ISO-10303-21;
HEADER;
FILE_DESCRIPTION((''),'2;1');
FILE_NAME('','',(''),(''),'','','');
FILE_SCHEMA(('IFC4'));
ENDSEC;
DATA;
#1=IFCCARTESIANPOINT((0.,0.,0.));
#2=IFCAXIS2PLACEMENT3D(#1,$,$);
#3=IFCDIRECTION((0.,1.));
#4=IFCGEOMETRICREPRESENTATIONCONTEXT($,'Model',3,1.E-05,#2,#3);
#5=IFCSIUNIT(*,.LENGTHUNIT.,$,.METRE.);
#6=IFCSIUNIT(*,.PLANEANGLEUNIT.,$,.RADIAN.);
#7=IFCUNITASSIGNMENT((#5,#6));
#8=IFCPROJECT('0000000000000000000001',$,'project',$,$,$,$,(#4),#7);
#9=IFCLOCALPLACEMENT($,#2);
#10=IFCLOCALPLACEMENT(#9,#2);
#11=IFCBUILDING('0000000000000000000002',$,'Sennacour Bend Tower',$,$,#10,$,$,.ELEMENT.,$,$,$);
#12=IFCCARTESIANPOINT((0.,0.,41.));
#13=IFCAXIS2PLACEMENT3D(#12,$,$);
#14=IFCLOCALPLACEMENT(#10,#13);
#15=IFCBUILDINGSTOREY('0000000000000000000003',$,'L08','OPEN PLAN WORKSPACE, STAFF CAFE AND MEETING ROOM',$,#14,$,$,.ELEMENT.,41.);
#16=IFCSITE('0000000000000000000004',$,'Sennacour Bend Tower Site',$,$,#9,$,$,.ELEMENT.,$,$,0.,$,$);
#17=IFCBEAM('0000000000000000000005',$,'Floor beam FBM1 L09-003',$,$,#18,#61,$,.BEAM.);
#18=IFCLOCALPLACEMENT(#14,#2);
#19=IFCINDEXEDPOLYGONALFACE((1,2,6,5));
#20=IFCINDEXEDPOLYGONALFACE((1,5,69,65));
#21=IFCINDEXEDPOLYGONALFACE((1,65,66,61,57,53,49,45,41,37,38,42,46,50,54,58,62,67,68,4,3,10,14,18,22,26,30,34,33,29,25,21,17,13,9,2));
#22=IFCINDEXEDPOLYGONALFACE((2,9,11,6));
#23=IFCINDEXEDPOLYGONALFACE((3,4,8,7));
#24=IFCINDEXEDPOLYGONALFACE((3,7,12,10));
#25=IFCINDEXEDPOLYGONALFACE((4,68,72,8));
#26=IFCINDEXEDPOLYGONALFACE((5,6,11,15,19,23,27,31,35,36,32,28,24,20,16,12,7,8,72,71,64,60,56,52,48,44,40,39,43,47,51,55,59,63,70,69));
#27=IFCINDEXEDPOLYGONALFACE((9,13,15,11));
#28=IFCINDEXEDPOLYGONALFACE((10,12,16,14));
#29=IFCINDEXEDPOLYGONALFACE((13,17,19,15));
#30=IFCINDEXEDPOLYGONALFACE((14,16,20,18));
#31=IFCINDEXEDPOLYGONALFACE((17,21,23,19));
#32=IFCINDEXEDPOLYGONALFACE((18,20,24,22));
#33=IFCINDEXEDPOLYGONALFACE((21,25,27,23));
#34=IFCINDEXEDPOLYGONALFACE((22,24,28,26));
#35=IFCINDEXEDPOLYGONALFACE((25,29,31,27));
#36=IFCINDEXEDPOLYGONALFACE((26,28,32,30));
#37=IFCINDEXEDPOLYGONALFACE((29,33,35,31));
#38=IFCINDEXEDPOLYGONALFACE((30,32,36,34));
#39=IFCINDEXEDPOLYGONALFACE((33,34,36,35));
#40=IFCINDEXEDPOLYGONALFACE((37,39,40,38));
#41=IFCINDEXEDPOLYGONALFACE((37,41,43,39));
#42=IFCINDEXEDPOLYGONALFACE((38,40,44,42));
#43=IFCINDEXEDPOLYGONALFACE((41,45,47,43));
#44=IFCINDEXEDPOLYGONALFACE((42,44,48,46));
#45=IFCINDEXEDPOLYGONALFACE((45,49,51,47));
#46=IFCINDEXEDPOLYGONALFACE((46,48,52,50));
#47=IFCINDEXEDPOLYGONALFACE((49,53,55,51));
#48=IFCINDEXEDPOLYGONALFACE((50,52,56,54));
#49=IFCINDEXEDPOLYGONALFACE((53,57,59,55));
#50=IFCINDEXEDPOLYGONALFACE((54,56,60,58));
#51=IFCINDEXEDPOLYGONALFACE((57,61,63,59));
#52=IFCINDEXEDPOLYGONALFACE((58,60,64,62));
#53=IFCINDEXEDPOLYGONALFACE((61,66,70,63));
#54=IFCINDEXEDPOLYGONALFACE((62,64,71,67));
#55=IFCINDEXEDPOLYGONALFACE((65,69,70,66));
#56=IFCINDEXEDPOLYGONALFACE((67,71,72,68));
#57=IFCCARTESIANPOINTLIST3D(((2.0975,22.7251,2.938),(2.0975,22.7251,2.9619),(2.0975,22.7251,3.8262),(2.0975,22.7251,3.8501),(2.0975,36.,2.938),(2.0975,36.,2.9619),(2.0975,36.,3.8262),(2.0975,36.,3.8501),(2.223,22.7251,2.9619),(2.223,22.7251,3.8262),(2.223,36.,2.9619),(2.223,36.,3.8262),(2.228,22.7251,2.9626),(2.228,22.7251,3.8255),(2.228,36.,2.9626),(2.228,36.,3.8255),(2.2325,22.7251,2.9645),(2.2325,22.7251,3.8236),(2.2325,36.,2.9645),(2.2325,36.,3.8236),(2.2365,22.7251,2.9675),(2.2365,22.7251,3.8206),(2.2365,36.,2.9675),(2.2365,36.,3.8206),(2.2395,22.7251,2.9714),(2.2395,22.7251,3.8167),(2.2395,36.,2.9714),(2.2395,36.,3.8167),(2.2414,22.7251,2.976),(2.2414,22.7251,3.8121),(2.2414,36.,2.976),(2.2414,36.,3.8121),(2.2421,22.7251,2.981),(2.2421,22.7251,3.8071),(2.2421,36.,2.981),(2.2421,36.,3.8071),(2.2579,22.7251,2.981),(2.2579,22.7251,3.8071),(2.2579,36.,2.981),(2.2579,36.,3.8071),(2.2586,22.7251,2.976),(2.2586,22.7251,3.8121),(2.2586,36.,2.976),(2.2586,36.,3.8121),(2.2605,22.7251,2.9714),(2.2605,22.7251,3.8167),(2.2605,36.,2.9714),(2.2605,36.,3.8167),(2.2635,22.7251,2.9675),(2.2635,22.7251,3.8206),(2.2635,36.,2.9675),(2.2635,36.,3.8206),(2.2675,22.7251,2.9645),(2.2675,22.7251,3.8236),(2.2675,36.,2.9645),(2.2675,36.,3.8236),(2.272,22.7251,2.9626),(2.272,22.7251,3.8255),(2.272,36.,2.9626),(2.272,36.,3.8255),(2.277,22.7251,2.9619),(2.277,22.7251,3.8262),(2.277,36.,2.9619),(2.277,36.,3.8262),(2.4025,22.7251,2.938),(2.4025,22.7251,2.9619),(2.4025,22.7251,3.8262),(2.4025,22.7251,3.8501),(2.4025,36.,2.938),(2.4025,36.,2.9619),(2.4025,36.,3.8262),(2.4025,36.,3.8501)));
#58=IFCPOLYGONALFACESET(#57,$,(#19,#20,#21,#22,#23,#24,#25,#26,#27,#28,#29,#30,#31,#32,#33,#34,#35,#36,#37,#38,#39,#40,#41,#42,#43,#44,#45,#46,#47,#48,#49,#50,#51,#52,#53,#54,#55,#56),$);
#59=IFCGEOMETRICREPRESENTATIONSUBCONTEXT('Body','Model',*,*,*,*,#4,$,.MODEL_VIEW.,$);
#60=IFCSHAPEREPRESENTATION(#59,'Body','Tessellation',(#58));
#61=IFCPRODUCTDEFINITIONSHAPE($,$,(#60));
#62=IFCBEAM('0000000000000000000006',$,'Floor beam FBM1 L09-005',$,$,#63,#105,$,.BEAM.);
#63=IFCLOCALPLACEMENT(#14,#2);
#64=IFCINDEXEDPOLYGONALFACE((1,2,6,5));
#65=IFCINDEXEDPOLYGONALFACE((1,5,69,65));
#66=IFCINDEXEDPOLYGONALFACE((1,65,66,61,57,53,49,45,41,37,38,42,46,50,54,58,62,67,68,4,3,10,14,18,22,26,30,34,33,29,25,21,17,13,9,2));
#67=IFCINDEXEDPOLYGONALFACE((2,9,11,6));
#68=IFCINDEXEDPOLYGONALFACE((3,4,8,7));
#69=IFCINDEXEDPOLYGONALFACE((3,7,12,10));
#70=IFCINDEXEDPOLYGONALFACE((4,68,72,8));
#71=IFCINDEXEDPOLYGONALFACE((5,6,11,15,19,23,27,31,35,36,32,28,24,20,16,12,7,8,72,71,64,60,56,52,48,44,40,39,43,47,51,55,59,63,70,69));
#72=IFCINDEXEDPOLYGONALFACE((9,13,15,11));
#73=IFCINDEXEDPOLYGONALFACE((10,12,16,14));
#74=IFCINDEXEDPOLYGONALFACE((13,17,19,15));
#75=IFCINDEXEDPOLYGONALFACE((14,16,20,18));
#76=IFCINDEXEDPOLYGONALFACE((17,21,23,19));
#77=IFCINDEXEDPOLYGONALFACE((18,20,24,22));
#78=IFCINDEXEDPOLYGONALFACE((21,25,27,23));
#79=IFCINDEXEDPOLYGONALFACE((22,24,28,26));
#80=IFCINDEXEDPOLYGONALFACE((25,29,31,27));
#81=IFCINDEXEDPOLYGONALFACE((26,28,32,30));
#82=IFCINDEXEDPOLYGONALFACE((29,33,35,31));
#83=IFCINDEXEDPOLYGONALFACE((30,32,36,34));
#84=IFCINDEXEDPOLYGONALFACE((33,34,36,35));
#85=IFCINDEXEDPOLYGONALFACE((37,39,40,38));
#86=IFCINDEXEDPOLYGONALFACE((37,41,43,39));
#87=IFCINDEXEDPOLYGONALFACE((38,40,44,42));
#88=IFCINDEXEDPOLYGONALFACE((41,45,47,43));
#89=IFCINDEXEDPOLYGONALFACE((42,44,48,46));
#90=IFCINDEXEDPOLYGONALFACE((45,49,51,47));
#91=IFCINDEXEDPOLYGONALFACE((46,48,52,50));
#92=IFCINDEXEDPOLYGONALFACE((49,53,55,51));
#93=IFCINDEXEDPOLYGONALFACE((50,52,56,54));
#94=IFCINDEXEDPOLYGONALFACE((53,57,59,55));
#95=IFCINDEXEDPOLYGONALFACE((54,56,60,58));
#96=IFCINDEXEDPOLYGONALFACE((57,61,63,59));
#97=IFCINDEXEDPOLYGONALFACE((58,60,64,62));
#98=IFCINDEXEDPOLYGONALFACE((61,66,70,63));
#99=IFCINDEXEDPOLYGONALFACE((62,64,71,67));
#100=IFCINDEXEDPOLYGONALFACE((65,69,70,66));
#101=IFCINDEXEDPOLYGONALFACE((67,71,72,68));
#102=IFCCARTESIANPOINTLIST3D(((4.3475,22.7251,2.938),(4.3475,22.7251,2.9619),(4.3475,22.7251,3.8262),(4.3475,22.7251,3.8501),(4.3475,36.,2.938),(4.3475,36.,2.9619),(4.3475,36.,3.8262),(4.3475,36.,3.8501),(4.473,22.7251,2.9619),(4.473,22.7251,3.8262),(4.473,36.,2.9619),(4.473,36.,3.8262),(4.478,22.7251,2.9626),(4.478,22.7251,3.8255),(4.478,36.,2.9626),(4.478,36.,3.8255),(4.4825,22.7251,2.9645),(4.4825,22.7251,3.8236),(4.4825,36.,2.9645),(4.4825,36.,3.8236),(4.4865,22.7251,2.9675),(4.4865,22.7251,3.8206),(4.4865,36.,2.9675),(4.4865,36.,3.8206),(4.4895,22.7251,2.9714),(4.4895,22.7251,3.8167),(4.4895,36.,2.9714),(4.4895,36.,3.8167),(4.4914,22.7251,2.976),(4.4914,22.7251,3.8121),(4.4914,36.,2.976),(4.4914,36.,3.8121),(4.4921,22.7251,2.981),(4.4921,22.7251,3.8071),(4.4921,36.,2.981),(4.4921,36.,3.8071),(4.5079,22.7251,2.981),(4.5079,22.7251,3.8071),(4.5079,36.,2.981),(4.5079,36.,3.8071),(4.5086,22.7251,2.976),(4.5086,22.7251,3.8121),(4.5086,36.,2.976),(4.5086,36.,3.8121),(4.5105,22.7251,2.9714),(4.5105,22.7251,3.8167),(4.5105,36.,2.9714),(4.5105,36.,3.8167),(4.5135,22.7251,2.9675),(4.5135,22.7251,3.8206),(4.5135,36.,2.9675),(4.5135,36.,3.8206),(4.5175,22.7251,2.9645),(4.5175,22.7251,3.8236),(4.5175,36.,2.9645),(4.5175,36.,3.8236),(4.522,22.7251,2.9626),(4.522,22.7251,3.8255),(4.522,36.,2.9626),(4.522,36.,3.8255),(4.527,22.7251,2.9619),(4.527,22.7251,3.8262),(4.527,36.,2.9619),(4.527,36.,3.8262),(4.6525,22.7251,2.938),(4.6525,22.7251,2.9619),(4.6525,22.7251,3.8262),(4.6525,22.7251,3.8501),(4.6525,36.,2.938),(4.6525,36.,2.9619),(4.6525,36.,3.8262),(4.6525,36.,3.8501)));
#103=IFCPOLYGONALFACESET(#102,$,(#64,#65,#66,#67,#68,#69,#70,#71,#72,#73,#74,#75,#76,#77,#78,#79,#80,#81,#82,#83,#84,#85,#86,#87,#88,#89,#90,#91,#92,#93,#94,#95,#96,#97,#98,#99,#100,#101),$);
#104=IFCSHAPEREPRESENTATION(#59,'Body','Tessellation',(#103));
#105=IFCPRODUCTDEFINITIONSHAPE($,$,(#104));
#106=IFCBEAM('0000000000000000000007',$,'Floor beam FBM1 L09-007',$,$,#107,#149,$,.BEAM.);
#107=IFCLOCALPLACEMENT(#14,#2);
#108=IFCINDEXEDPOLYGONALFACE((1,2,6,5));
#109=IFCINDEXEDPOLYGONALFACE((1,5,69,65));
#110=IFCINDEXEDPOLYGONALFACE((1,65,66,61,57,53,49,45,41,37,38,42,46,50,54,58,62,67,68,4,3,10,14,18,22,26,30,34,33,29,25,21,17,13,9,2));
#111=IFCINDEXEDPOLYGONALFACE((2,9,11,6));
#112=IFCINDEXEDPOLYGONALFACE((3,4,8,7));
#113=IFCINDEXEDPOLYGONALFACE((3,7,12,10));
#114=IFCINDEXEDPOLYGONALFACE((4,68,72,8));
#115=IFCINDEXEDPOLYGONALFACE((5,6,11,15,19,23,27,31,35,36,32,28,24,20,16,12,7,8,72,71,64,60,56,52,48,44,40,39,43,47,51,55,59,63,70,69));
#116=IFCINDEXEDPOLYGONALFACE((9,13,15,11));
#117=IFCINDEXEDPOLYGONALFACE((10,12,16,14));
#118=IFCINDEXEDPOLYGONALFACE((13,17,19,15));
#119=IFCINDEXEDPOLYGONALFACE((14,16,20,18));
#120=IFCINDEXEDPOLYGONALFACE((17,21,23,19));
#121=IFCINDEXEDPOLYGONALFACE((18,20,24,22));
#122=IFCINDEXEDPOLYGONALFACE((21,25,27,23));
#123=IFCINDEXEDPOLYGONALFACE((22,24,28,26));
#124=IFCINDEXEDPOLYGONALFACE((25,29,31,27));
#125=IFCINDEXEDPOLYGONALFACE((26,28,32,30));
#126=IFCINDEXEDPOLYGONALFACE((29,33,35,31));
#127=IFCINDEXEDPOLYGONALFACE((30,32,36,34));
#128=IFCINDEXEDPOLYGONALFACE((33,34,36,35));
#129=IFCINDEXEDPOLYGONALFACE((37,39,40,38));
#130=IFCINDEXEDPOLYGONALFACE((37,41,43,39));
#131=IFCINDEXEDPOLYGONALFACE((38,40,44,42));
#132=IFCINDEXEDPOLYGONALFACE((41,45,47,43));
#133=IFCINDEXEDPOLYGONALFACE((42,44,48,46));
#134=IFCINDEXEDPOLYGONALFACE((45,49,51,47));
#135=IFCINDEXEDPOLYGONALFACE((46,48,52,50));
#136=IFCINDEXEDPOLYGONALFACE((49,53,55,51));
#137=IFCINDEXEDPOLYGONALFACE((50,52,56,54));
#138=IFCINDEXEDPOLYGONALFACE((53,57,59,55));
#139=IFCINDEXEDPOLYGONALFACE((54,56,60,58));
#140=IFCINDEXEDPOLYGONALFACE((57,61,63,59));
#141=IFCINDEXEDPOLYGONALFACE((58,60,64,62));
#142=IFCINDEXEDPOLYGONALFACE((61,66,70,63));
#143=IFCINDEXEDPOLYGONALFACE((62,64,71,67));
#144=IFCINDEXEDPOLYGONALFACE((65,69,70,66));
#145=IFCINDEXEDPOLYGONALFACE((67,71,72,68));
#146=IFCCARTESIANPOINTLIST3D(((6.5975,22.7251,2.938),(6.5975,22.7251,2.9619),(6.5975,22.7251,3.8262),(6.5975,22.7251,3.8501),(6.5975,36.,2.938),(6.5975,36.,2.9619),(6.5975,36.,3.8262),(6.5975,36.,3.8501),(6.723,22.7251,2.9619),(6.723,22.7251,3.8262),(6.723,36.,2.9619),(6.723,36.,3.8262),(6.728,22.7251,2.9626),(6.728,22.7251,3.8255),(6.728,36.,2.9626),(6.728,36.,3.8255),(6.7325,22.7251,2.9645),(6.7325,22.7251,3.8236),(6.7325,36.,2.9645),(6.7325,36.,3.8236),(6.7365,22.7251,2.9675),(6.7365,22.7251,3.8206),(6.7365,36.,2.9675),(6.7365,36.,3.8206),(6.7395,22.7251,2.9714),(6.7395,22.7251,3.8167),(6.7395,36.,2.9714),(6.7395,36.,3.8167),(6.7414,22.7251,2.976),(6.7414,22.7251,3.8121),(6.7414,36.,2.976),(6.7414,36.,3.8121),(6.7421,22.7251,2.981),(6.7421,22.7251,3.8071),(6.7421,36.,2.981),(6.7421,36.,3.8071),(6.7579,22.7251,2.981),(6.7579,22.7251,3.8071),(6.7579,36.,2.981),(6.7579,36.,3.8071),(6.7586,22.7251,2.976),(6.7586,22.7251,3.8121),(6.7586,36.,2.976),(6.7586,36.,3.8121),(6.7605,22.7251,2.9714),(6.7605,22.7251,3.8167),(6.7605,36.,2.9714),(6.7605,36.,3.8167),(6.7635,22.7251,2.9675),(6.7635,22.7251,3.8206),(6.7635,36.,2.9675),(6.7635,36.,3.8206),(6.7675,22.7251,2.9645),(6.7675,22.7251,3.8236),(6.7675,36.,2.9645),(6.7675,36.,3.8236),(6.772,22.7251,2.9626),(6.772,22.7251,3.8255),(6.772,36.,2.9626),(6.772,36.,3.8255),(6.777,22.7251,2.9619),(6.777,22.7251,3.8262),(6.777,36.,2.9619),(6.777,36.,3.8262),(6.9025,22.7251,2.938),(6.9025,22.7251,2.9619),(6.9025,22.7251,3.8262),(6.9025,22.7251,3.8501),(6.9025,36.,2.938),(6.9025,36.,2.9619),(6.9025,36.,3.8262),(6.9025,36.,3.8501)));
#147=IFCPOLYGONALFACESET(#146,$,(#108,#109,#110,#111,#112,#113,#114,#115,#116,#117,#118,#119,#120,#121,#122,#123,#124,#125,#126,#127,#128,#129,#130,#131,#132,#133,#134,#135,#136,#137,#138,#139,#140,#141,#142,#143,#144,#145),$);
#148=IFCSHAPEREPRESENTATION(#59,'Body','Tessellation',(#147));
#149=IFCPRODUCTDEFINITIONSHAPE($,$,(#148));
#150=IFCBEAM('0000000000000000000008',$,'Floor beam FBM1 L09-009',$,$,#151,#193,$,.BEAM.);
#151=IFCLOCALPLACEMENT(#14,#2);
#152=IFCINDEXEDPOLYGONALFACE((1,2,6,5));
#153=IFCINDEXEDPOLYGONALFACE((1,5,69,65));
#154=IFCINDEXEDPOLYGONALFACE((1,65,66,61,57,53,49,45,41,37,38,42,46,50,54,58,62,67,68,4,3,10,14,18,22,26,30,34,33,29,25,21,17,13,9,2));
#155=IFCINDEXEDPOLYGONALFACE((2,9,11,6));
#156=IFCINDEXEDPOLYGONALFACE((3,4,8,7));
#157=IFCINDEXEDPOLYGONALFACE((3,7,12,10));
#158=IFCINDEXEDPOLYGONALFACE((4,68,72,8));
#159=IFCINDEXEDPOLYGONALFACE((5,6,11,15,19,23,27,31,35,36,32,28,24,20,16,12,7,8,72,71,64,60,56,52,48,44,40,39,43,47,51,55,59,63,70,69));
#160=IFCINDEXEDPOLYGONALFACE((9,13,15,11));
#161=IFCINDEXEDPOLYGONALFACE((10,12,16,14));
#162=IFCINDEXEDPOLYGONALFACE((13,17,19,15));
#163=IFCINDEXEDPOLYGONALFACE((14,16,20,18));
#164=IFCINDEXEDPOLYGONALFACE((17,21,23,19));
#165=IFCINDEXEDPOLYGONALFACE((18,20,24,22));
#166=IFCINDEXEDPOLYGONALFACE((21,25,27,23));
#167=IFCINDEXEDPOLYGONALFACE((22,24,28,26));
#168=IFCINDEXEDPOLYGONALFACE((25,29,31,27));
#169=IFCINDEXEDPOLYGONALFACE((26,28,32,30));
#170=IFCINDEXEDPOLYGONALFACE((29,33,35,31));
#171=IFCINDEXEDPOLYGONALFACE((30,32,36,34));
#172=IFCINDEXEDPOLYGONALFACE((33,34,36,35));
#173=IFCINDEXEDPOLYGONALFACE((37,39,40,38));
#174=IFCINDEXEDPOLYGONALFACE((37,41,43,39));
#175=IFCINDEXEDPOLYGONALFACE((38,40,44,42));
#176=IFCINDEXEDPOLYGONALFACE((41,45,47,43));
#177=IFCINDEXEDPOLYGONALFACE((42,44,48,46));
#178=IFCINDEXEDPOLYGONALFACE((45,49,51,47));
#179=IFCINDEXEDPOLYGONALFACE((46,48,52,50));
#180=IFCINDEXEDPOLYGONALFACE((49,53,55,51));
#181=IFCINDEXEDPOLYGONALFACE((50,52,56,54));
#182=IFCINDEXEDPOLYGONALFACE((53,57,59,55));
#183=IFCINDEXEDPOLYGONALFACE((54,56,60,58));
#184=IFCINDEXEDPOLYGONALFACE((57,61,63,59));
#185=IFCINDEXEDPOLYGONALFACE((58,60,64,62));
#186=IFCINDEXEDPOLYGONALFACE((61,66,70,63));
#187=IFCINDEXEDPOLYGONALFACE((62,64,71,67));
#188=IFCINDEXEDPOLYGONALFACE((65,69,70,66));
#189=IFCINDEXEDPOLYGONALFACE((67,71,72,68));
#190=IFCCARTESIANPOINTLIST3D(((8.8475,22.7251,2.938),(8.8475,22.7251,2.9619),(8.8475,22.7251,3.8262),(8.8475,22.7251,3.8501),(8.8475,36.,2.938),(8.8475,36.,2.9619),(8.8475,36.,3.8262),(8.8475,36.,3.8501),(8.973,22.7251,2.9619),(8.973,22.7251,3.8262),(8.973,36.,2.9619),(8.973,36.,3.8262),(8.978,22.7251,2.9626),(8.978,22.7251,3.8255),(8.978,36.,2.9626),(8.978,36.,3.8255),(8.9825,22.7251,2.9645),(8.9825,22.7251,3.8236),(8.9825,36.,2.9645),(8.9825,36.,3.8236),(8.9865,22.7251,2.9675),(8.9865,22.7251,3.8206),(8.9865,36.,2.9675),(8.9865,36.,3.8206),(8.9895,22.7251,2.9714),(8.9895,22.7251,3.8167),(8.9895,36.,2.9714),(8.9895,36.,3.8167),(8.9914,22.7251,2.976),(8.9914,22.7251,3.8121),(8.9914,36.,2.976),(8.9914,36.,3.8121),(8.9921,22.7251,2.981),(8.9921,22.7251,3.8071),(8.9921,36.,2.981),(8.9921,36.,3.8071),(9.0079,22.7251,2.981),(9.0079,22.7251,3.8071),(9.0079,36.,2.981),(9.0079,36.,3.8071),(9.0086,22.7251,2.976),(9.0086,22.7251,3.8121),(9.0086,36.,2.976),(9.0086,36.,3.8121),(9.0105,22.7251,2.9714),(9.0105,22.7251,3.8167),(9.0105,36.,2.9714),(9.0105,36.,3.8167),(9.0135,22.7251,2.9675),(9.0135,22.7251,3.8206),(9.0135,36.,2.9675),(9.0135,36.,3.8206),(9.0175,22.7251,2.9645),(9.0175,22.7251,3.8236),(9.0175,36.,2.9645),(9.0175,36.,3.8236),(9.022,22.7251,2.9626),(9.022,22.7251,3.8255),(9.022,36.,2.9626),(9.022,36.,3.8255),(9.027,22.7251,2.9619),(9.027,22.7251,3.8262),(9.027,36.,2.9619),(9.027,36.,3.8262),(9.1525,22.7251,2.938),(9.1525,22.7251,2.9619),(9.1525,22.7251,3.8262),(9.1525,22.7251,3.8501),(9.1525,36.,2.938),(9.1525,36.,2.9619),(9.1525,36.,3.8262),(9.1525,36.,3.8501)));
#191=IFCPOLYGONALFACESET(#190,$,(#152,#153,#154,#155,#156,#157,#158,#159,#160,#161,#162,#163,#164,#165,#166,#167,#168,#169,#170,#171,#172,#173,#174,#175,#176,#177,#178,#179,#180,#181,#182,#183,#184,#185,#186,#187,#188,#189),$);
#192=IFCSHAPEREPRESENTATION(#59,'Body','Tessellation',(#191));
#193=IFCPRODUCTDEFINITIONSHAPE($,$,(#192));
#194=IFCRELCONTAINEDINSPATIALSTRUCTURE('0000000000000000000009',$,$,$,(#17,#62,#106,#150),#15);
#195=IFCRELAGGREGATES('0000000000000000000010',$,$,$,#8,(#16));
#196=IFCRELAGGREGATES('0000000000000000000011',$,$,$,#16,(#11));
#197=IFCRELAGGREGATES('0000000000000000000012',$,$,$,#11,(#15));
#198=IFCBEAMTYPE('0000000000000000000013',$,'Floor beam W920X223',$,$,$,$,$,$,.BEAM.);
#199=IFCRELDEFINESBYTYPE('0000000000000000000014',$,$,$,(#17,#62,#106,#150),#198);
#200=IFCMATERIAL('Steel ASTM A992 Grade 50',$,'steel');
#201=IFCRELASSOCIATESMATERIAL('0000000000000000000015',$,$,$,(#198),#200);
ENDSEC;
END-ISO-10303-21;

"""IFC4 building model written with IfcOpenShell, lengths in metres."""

from ifc_helpers import new_model, si_unit, direction, frame, origin, origin_2d, place, context, subcontext, project, spatial, i_section, extrude, material, material_profile, profile_set, type_object, element, save


model = new_model("IFC4")

# Units and contexts
model_context = context("Model", 3, precision=1e-05, world=origin(), true_north=direction((0.0, 1.0)))
body_context = subcontext(model_context, "Body", "Model", "MODEL_VIEW")
ifc_project = project(units=[si_unit("LENGTHUNIT", "METRE"), si_unit("PLANEANGLEUNIT", "RADIAN")], contexts=[model_context])

# Site, building, storey
site_placement = place(None, origin())
site = spatial("IfcSite", under=ifc_project, at=site_placement, Name="Sennacour Bend Tower Site", CompositionType="ELEMENT", RefElevation=0.0)
building_placement = place(site_placement, origin())
building = spatial("IfcBuilding", under=site, at=building_placement, Name="Sennacour Bend Tower", CompositionType="ELEMENT")
storey_placement = place(building_placement, frame((0.0, 0.0, 41.0)))
storey = spatial("IfcBuildingStorey", under=building, at=storey_placement, Name="L08", Description="OPEN PLAN WORKSPACE, STAFF CAFE AND MEETING ROOM", CompositionType="ELEMENT", Elevation=41.0)

# Beams
ifc_material_1 = material(Name="Steel ASTM A992 Grade 50", Category="steel")
ifc_material_profile = material_profile(ifc_material_1, i_section(OverallWidth=0.3049, OverallDepth=0.9121, WebThickness=0.0159, FlangeThickness=0.0239, FilletRadius=0.019, at=origin_2d()), Name="Steel ASTM A992 Grade 50", Category="steel")
ifc_profile_set = profile_set([ifc_material_profile], Name="Steel ASTM A992 Grade 50")
beam_type = type_object("IfcBeamType", Name="Floor beam W920X223", PredefinedType="BEAM", material=ifc_profile_set)
for number, where, z_axis, x_axis, name in (
    (1, (2.25, 22.7251, 3.394), (0.0, 1.0, 0.0), (-1.0, 0.0, 0.0), "Floor beam FBM1 L09-003"),
    (2, (4.5, 22.7251, 3.394), (0.0, 1.0, 0.0), (-1.0, 0.0, 0.0), "Floor beam FBM1 L09-005"),
    (3, (6.75, 22.7251, 3.394), (0.0, 1.0, 0.0), (-1.0, 0.0, 0.0), "Floor beam FBM1 L09-007"),
    (4, (9.0, 22.7251, 3.394), (0.0, 1.0, 0.0), (-1.0, 0.0, 0.0), "Floor beam FBM1 L09-009"),
):
    element("IfcBeam", number, at=place(storey_placement, frame(where, z_axis=z_axis, x_axis=x_axis)), inside=storey, type_object=beam_type, Name=name, PredefinedType="BEAM", context=body_context, shape_type="SweptSolid", body=[
        extrude(i_section(OverallWidth=0.3049, OverallDepth=0.9121, WebThickness=0.0159, FlangeThickness=0.0239, FilletRadius=0.019, at=origin_2d()), origin(), (0.0, 0.0, 1.0), 13.2749),
    ])

save(model, "model.ifc")
